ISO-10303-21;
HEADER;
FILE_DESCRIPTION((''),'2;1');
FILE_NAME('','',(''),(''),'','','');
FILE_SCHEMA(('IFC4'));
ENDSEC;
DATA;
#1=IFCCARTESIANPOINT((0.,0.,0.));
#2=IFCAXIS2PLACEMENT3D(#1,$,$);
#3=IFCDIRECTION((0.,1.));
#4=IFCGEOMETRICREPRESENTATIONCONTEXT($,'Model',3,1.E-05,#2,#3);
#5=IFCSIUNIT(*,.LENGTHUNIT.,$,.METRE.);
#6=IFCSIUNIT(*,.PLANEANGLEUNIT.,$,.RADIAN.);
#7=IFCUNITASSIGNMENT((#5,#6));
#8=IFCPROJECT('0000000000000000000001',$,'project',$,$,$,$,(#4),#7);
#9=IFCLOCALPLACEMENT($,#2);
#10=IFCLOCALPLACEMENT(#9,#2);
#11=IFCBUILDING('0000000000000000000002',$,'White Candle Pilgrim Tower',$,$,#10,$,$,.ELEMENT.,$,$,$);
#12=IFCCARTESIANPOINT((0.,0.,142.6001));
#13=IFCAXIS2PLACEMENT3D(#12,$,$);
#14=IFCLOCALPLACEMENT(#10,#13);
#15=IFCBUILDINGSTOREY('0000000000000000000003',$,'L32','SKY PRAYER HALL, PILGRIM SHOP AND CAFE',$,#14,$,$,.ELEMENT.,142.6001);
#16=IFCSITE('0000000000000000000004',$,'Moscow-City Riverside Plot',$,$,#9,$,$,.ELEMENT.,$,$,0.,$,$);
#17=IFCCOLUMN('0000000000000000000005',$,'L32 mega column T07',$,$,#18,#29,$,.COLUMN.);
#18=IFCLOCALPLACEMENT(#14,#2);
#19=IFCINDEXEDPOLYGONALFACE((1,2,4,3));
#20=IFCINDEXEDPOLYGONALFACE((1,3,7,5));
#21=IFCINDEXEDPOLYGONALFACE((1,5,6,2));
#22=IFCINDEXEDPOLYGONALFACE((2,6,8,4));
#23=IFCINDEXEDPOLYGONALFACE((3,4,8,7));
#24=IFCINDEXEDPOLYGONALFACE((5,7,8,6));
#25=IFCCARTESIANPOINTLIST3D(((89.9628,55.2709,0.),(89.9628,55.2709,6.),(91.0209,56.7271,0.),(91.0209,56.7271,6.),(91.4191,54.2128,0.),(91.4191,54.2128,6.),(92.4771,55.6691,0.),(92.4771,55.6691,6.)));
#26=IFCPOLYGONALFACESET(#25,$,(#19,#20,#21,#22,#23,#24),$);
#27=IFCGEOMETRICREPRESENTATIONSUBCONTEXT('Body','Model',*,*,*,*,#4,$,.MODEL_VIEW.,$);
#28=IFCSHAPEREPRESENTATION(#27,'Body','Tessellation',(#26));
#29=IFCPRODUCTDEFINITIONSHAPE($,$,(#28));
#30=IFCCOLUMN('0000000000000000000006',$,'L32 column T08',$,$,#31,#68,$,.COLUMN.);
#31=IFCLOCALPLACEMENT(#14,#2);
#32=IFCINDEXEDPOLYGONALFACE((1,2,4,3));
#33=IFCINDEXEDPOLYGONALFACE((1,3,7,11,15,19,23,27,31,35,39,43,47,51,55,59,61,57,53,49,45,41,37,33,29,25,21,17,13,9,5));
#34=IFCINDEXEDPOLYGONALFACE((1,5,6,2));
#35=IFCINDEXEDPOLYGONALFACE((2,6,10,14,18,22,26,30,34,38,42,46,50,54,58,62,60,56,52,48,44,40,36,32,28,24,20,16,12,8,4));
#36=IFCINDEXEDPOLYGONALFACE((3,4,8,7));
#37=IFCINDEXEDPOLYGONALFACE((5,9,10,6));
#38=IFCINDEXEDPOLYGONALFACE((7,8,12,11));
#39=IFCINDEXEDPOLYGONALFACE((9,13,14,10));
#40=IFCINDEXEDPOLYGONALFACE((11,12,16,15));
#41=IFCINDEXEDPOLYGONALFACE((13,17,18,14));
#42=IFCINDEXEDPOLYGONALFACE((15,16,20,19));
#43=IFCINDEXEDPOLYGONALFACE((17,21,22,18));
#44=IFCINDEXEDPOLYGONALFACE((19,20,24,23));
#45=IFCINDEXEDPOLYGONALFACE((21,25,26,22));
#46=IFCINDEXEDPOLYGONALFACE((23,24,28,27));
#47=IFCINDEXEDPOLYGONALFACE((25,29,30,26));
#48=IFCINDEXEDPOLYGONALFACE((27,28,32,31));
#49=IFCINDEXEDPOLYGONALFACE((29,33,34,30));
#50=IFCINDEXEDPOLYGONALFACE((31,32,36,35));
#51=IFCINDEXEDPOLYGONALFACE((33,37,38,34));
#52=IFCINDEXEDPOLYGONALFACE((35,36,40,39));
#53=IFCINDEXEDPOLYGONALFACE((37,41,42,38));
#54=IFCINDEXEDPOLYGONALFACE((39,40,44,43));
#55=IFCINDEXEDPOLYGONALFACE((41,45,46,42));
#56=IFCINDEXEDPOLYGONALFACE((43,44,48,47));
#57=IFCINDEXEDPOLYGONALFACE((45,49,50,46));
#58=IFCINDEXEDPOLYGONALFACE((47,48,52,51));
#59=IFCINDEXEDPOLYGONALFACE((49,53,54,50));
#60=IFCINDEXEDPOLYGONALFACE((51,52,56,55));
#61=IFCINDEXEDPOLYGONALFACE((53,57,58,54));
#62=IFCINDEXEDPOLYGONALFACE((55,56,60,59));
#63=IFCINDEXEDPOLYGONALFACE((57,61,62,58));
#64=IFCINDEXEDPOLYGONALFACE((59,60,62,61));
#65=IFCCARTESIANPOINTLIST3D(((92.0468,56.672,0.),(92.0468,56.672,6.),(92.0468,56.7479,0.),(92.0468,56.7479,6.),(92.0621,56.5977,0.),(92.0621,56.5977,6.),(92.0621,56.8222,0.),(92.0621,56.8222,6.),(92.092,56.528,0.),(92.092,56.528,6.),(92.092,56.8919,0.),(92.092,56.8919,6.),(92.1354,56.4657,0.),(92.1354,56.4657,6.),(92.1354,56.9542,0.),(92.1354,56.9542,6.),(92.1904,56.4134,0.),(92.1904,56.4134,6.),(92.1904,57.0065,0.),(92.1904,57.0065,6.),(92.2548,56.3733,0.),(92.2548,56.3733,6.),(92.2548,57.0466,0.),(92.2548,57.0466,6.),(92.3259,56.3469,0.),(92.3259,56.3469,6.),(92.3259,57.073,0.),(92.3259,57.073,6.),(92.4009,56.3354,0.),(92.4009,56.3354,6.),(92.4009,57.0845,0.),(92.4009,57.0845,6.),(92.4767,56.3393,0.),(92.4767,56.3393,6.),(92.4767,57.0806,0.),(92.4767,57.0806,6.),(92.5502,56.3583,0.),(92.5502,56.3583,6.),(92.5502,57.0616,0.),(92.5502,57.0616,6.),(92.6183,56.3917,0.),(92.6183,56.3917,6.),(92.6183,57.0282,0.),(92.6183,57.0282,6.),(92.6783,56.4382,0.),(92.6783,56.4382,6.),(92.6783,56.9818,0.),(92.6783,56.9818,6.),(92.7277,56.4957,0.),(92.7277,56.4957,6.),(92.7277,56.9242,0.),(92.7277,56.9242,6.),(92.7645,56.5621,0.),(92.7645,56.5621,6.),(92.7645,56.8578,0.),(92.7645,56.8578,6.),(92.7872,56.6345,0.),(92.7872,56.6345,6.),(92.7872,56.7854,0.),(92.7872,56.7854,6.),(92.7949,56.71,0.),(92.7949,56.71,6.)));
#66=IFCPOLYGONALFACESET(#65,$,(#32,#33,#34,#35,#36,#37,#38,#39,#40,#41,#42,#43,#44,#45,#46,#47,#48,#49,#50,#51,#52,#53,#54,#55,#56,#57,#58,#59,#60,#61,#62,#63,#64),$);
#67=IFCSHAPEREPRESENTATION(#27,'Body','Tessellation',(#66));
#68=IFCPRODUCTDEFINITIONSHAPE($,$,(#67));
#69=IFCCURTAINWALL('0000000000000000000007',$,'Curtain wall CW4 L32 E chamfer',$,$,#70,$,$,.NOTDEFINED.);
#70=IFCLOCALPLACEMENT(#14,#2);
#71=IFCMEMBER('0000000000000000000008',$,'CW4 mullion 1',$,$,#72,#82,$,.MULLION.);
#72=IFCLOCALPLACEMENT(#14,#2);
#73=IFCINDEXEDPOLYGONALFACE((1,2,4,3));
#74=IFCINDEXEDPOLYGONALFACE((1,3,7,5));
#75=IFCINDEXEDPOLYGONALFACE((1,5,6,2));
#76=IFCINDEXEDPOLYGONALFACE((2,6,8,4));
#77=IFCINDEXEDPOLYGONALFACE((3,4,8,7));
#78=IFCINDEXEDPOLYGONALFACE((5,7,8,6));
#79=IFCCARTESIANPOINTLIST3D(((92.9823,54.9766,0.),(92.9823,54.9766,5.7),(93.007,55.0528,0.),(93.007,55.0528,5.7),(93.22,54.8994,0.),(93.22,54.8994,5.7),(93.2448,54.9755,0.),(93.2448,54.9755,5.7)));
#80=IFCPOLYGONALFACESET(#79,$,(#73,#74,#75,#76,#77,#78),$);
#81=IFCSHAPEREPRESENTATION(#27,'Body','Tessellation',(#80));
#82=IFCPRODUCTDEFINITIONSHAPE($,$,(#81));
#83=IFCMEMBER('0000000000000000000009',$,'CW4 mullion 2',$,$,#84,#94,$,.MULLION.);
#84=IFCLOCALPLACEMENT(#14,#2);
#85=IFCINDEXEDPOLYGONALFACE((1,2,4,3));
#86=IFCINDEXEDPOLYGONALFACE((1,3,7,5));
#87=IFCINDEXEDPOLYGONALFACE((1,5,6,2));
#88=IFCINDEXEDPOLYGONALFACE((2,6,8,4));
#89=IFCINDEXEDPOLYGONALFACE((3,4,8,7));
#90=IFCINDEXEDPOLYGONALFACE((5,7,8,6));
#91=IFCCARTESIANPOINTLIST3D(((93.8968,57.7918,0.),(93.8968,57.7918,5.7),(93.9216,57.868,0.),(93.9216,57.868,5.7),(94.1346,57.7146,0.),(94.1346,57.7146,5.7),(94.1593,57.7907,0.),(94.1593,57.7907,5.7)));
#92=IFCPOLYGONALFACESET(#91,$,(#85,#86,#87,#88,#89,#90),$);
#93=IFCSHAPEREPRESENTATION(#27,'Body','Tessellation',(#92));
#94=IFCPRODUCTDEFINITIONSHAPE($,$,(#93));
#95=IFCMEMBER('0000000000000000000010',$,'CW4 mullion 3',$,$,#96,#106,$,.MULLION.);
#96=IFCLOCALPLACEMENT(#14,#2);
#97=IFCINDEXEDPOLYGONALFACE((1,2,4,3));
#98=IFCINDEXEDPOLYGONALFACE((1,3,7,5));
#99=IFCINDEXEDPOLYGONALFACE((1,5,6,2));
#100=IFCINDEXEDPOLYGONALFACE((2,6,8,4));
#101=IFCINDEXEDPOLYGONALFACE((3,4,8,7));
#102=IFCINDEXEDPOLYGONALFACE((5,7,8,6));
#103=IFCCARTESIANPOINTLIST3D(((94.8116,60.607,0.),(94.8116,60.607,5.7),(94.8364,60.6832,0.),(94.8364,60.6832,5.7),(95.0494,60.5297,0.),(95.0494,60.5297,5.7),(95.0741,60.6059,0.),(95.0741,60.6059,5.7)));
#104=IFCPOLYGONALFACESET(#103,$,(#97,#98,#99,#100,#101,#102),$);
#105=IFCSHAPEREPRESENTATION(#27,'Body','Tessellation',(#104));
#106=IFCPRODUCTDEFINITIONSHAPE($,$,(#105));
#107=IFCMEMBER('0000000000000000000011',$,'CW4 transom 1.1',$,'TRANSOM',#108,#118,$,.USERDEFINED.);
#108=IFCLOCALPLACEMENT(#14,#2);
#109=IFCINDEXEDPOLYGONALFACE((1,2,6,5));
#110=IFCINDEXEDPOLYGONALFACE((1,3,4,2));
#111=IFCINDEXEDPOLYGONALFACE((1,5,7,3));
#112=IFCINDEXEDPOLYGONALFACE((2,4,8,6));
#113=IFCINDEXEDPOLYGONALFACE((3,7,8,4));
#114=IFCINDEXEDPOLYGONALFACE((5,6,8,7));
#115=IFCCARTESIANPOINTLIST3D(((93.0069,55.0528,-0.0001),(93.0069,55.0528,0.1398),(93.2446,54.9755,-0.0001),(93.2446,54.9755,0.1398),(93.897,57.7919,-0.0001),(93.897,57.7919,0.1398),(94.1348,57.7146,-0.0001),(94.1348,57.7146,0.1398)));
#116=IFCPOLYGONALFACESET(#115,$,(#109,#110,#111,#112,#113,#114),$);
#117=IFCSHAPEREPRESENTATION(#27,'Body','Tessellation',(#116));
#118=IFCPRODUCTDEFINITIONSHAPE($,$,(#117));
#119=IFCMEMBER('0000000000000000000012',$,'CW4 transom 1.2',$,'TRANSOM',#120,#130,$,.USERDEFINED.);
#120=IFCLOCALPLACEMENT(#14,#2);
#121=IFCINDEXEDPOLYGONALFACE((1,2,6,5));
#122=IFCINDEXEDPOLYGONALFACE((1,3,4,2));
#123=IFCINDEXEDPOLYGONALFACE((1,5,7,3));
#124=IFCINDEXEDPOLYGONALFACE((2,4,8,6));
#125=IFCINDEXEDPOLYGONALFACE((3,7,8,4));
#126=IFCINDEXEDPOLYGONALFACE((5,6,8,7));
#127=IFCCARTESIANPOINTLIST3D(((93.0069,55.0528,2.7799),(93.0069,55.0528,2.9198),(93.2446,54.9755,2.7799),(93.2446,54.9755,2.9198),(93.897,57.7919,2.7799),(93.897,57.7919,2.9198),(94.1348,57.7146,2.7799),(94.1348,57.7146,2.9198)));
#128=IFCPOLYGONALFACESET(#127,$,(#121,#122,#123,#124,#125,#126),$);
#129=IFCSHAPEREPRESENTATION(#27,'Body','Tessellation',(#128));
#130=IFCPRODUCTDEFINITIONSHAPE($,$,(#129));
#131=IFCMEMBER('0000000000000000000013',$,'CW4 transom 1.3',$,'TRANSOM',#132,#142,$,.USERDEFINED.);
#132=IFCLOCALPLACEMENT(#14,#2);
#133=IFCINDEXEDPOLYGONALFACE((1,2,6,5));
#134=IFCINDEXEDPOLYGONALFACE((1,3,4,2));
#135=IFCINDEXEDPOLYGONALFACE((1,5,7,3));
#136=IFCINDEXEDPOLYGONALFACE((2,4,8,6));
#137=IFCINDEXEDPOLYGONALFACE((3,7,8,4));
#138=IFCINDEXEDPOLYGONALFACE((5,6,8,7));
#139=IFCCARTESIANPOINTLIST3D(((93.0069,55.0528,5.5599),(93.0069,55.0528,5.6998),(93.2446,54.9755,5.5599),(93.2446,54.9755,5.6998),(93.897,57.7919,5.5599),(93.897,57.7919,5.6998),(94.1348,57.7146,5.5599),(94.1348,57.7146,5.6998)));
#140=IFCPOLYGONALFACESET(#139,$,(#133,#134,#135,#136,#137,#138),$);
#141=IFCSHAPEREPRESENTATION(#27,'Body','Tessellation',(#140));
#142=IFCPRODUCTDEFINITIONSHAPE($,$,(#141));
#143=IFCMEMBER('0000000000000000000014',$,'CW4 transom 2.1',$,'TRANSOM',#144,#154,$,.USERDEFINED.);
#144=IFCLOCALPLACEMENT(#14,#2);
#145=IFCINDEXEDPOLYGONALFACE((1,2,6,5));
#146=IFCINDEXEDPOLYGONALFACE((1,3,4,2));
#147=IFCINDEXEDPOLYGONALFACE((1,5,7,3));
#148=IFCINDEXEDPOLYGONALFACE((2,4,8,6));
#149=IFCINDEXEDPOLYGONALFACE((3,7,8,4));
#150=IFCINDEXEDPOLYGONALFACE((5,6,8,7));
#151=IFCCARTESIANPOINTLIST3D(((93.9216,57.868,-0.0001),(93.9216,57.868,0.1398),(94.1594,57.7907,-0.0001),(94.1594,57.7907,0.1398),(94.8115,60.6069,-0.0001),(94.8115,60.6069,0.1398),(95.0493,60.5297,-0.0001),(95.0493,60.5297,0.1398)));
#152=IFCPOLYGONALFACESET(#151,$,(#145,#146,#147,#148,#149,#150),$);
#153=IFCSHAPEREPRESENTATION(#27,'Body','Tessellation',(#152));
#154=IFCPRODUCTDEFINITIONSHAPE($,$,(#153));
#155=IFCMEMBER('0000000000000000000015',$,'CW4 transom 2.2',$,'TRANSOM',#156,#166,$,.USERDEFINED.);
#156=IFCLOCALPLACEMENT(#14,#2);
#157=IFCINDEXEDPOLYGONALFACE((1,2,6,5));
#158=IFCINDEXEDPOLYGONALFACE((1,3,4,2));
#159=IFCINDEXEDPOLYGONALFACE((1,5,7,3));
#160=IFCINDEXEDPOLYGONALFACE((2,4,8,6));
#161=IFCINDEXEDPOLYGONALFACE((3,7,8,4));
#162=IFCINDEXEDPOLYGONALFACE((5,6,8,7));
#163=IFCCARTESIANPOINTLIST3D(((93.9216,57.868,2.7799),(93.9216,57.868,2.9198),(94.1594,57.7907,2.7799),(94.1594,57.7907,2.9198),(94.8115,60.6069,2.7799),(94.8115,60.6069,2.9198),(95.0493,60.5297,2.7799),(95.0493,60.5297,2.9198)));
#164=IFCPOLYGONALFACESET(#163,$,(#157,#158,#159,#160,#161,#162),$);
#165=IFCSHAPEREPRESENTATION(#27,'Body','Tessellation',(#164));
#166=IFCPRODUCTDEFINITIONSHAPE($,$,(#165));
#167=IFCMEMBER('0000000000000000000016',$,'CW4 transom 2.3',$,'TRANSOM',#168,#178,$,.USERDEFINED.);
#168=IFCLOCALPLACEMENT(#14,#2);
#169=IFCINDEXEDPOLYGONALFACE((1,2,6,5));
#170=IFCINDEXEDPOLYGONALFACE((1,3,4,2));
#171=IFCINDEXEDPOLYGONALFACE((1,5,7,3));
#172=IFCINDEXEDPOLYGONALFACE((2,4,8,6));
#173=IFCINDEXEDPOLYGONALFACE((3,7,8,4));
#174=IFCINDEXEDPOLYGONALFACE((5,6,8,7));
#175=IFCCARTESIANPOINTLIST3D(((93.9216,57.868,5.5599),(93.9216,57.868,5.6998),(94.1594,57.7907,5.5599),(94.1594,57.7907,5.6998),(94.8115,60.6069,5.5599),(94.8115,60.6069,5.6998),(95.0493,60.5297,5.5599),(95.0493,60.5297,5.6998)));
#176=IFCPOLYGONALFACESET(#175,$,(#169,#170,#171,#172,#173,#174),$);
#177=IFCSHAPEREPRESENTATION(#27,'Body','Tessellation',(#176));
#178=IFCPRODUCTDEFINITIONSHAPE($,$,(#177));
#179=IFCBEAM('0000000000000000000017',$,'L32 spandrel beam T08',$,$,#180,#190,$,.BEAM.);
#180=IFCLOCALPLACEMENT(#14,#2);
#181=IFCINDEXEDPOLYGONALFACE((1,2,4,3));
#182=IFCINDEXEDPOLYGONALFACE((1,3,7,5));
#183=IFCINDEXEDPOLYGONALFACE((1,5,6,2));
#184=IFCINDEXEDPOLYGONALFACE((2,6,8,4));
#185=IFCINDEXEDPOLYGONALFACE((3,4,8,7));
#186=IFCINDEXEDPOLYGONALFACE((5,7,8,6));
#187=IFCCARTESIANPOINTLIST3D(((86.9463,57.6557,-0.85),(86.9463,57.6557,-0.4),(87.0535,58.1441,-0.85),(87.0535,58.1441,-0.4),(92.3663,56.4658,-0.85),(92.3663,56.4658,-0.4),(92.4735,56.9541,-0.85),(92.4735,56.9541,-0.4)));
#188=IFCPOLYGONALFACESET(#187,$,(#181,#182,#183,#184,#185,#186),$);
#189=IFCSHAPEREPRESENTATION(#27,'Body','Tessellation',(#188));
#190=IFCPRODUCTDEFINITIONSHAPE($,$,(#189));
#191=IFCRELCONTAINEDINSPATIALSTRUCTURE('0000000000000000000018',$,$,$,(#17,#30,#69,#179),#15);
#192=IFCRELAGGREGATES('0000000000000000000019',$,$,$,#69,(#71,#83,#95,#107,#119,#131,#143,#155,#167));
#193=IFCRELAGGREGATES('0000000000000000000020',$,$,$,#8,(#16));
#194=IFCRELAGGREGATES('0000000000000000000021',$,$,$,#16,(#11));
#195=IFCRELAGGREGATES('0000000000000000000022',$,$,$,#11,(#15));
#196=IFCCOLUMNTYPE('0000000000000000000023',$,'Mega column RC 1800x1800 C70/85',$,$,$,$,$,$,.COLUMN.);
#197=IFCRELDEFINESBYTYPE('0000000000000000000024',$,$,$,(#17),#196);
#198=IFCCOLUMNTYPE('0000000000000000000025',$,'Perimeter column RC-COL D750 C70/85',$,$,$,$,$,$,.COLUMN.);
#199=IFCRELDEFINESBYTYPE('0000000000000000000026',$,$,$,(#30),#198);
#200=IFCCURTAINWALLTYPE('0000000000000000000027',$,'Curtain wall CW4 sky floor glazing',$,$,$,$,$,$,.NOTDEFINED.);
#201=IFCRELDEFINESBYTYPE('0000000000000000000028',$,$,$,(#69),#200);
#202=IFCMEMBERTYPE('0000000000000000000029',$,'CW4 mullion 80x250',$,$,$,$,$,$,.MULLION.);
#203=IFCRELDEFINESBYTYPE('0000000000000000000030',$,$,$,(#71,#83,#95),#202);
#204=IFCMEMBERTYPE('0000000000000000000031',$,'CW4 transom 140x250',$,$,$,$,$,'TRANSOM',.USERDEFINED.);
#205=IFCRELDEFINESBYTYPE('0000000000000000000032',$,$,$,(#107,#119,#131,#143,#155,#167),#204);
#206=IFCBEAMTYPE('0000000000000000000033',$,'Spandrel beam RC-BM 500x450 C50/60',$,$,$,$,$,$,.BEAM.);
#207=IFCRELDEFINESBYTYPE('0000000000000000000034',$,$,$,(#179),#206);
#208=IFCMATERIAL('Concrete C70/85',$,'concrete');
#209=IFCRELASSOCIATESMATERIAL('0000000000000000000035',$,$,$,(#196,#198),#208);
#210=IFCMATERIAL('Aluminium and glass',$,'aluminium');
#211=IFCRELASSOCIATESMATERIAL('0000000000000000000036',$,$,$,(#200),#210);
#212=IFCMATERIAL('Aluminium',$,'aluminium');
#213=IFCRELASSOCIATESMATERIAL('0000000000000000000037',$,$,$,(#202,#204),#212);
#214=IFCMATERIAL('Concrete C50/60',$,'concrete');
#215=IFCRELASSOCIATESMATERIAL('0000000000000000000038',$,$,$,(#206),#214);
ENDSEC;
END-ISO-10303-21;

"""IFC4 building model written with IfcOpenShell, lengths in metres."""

from ifc_helpers import new_model, si_unit, direction, frame, origin, origin_2d, place, context, subcontext, project, spatial, rectangle, circle, extrude, material, material_profile, profile_set, type_object, element, aggregate, save


model = new_model("IFC4")

# Units and contexts
model_context = context("Model", 3, precision=1e-05, world=origin(), true_north=direction((0.0, 1.0)))
body_context = subcontext(model_context, "Body", "Model", "MODEL_VIEW")
ifc_project = project(units=[si_unit("LENGTHUNIT", "METRE"), si_unit("PLANEANGLEUNIT", "RADIAN")], contexts=[model_context])

# Site, building, storey
site_placement = place(None, origin())
site = spatial("IfcSite", under=ifc_project, at=site_placement, Name="Moscow-City Riverside Plot", CompositionType="ELEMENT", RefElevation=0.0)
building_placement = place(site_placement, origin())
building = spatial("IfcBuilding", under=site, at=building_placement, Name="White Candle Pilgrim Tower", CompositionType="ELEMENT")
storey_placement = place(building_placement, frame((0.0, 0.0, 142.6001)))
storey = spatial("IfcBuildingStorey", under=building, at=storey_placement, Name="L32", Description="SKY PRAYER HALL, PILGRIM SHOP AND CAFE", CompositionType="ELEMENT", Elevation=142.6001)

# Columns
ifc_material_1 = material(Name="Concrete C70/85", Category="concrete")
ifc_material_profile_1 = material_profile(ifc_material_1, rectangle(XDim=1.8, YDim=1.8, at=origin_2d()), Name="RC 1800x1800")
ifc_profile_set_1 = profile_set([ifc_material_profile_1], Name="Concrete C70/85")
column_type_1 = type_object("IfcColumnType", Name="Mega column RC 1800x1800 C70/85", PredefinedType="COLUMN", material=ifc_profile_set_1)
column_1_placement = place(storey_placement, frame((91.22, 55.47, 0.0), z_axis=(0.0, 0.0, 1.0), x_axis=(0.809017, -0.587785, 0.0)))
element("IfcColumn", 1, at=column_1_placement, inside=storey, type_object=column_type_1, Name="L32 mega column T07", PredefinedType="COLUMN", context=body_context, shape_type="SweptSolid", body=[
    extrude(rectangle(XDim=1.8, YDim=1.8, at=origin_2d()), origin(), (0.0, 0.0, 1.0), 6.0),
])
ifc_material_profile_2 = material_profile(ifc_material_1, circle(Radius=0.375, at=origin_2d()), Name="RC-COL D750")
ifc_profile_set_2 = profile_set([ifc_material_profile_2], Name="Concrete C70/85")
column_type_2 = type_object("IfcColumnType", Name="Perimeter column RC-COL D750 C70/85", PredefinedType="COLUMN", material=ifc_profile_set_2)
column_2_placement = place(storey_placement, frame((92.4199, 56.71, 0.0), z_axis=(0.0, 0.0, 1.0), x_axis=(1.0, 0.0, 0.0)))
element("IfcColumn", 2, at=column_2_placement, inside=storey, type_object=column_type_2, Name="L32 column T08", PredefinedType="COLUMN", context=body_context, shape_type="SweptSolid", body=[
    extrude(circle(Radius=0.375, at=origin_2d()), origin(), (0.0, 0.0, 1.0), 6.0),
])

# Curtain wall, members
ifc_material_2 = material(Name="Aluminium and glass", Category="aluminium")
curtain_wall_type = type_object("IfcCurtainWallType", Name="Curtain wall CW4 sky floor glazing", PredefinedType="NOTDEFINED", material=ifc_material_2)
curtain_wall_placement = place(storey_placement, origin())
curtain_wall = element("IfcCurtainWall", 3, at=curtain_wall_placement, inside=storey, type_object=curtain_wall_type, Name="Curtain wall CW4 L32 E chamfer", PredefinedType="NOTDEFINED")
ifc_material_3 = material(Name="Aluminium", Category="aluminium")
ifc_material_profile_3 = material_profile(ifc_material_3, rectangle(XDim=0.25, YDim=0.0801, at=origin_2d()), Name="CW4 mullion 80x250")
ifc_profile_set_3 = profile_set([ifc_material_profile_3], Name="Aluminium")
member_type_1 = type_object("IfcMemberType", Name="CW4 mullion 80x250", PredefinedType="MULLION", material=ifc_profile_set_3)
member_1_placement = place(storey_placement, frame((93.1135, 54.9761, 0.0), z_axis=(0.0, 0.0, 1.0), x_axis=(-0.951057, 0.309017, 0.0)))
member_1 = element("IfcMember", 4, at=member_1_placement, type_object=member_type_1, Name="CW4 mullion 1", PredefinedType="MULLION", context=body_context, shape_type="SweptSolid", body=[
    extrude(rectangle(XDim=0.25, YDim=0.0801, at=origin_2d()), origin(), (0.0, 0.0, 1.0), 5.7),
])
member_2_placement = place(storey_placement, frame((94.0281, 57.7913, 0.0), z_axis=(0.0, 0.0, 1.0), x_axis=(-0.951057, 0.309017, 0.0)))
member_2 = element("IfcMember", 5, at=member_2_placement, type_object=member_type_1, Name="CW4 mullion 2", PredefinedType="MULLION", context=body_context, shape_type="SweptSolid", body=[
    extrude(rectangle(XDim=0.25, YDim=0.0801, at=origin_2d()), origin(), (0.0, 0.0, 1.0), 5.7),
])
member_3_placement = place(storey_placement, frame((94.9429, 60.6064, 0.0), z_axis=(0.0, 0.0, 1.0), x_axis=(-0.951057, 0.309017, 0.0)))
member_3 = element("IfcMember", 6, at=member_3_placement, type_object=member_type_1, Name="CW4 mullion 3", PredefinedType="MULLION", context=body_context, shape_type="SweptSolid", body=[
    extrude(rectangle(XDim=0.25, YDim=0.0801, at=origin_2d()), origin(), (0.0, 0.0, 1.0), 5.7),
])
ifc_material_profile_4 = material_profile(ifc_material_3, rectangle(XDim=0.25, YDim=0.1399, at=origin_2d()), Name="CW4 transom 140x250")
ifc_profile_set_4 = profile_set([ifc_material_profile_4], Name="Aluminium")
member_type_2 = type_object("IfcMemberType", Name="CW4 transom 140x250", ElementType="TRANSOM", PredefinedType="USERDEFINED", material=ifc_profile_set_4)
member_4_placement = place(storey_placement, frame((93.1257, 55.0142, 0.0698), z_axis=(0.309073, 0.951038, 0.0), x_axis=(-0.951038, 0.309073, 0.0)))
member_4 = element("IfcMember", 7, at=member_4_placement, type_object=member_type_2, Name="CW4 transom 1.1", ObjectType="TRANSOM", PredefinedType="USERDEFINED", context=body_context, shape_type="SweptSolid", body=[
    extrude(rectangle(XDim=0.25, YDim=0.1399, at=origin_2d()), origin(), (0.0, 0.0, 1.0), 2.8801),
])
member_5_placement = place(storey_placement, frame((93.1257, 55.0142, 2.8499), z_axis=(0.309073, 0.951038, 0.0), x_axis=(-0.951038, 0.309073, 0.0)))
member_5 = element("IfcMember", 8, at=member_5_placement, type_object=member_type_2, Name="CW4 transom 1.2", ObjectType="TRANSOM", PredefinedType="USERDEFINED", context=body_context, shape_type="SweptSolid", body=[
    extrude(rectangle(XDim=0.25, YDim=0.1399, at=origin_2d()), origin(), (0.0, 0.0, 1.0), 2.8801),
])
member_6_placement = place(storey_placement, frame((93.1257, 55.0142, 5.6299), z_axis=(0.309073, 0.951038, 0.0), x_axis=(-0.951038, 0.309073, 0.0)))
member_6 = element("IfcMember", 9, at=member_6_placement, type_object=member_type_2, Name="CW4 transom 1.3", ObjectType="TRANSOM", PredefinedType="USERDEFINED", context=body_context, shape_type="SweptSolid", body=[
    extrude(rectangle(XDim=0.25, YDim=0.1399, at=origin_2d()), origin(), (0.0, 0.0, 1.0), 2.8801),
])
member_7_placement = place(storey_placement, frame((94.0405, 57.8293, 0.0698), z_axis=(0.308996, 0.951063, 0.0), x_axis=(-0.951063, 0.308996, 0.0)))
member_7 = element("IfcMember", 10, at=member_7_placement, type_object=member_type_2, Name="CW4 transom 2.1", ObjectType="TRANSOM", PredefinedType="USERDEFINED", context=body_context, shape_type="SweptSolid", body=[
    extrude(rectangle(XDim=0.25, YDim=0.1399, at=origin_2d()), origin(), (0.0, 0.0, 1.0), 2.8799),
])
member_8_placement = place(storey_placement, frame((94.0405, 57.8293, 2.8499), z_axis=(0.308996, 0.951063, 0.0), x_axis=(-0.951063, 0.308996, 0.0)))
member_8 = element("IfcMember", 11, at=member_8_placement, type_object=member_type_2, Name="CW4 transom 2.2", ObjectType="TRANSOM", PredefinedType="USERDEFINED", context=body_context, shape_type="SweptSolid", body=[
    extrude(rectangle(XDim=0.25, YDim=0.1399, at=origin_2d()), origin(), (0.0, 0.0, 1.0), 2.8799),
])
member_9_placement = place(storey_placement, frame((94.0405, 57.8293, 5.6299), z_axis=(0.308996, 0.951063, 0.0), x_axis=(-0.951063, 0.308996, 0.0)))
member_9 = element("IfcMember", 12, at=member_9_placement, type_object=member_type_2, Name="CW4 transom 2.3", ObjectType="TRANSOM", PredefinedType="USERDEFINED", context=body_context, shape_type="SweptSolid", body=[
    extrude(rectangle(XDim=0.25, YDim=0.1399, at=origin_2d()), origin(), (0.0, 0.0, 1.0), 2.8799),
])

# Beam
ifc_material_4 = material(Name="Concrete C50/60", Category="concrete")
ifc_material_profile_5 = material_profile(ifc_material_4, rectangle(XDim=0.5, YDim=0.45, at=origin_2d()), Name="RC-BM 500x450")
ifc_profile_set_5 = profile_set([ifc_material_profile_5], Name="Concrete C50/60")
beam_type_1 = type_object("IfcBeamType", Name="Spandrel beam RC-BM 500x450 C50/60", PredefinedType="BEAM", material=ifc_profile_set_5)
beam_1_placement = place(storey_placement, frame((92.4199, 56.71, -0.625), z_axis=(-0.976737, 0.214442, 0.0), x_axis=(-0.214442, -0.976737, 0.0)))
element("IfcBeam", 13, at=beam_1_placement, inside=storey, type_object=beam_type_1, Name="L32 spandrel beam T08", PredefinedType="BEAM", context=body_context, shape_type="SweptSolid", body=[
    extrude(rectangle(XDim=0.5, YDim=0.45, at=origin_2d()), origin(), (0.0, 0.0, 1.0), 5.5491),
])

aggregate(curtain_wall, [member_1, member_2, member_3, member_4, member_5, member_6, member_7, member_8, member_9])

save(model, "model.ifc")
